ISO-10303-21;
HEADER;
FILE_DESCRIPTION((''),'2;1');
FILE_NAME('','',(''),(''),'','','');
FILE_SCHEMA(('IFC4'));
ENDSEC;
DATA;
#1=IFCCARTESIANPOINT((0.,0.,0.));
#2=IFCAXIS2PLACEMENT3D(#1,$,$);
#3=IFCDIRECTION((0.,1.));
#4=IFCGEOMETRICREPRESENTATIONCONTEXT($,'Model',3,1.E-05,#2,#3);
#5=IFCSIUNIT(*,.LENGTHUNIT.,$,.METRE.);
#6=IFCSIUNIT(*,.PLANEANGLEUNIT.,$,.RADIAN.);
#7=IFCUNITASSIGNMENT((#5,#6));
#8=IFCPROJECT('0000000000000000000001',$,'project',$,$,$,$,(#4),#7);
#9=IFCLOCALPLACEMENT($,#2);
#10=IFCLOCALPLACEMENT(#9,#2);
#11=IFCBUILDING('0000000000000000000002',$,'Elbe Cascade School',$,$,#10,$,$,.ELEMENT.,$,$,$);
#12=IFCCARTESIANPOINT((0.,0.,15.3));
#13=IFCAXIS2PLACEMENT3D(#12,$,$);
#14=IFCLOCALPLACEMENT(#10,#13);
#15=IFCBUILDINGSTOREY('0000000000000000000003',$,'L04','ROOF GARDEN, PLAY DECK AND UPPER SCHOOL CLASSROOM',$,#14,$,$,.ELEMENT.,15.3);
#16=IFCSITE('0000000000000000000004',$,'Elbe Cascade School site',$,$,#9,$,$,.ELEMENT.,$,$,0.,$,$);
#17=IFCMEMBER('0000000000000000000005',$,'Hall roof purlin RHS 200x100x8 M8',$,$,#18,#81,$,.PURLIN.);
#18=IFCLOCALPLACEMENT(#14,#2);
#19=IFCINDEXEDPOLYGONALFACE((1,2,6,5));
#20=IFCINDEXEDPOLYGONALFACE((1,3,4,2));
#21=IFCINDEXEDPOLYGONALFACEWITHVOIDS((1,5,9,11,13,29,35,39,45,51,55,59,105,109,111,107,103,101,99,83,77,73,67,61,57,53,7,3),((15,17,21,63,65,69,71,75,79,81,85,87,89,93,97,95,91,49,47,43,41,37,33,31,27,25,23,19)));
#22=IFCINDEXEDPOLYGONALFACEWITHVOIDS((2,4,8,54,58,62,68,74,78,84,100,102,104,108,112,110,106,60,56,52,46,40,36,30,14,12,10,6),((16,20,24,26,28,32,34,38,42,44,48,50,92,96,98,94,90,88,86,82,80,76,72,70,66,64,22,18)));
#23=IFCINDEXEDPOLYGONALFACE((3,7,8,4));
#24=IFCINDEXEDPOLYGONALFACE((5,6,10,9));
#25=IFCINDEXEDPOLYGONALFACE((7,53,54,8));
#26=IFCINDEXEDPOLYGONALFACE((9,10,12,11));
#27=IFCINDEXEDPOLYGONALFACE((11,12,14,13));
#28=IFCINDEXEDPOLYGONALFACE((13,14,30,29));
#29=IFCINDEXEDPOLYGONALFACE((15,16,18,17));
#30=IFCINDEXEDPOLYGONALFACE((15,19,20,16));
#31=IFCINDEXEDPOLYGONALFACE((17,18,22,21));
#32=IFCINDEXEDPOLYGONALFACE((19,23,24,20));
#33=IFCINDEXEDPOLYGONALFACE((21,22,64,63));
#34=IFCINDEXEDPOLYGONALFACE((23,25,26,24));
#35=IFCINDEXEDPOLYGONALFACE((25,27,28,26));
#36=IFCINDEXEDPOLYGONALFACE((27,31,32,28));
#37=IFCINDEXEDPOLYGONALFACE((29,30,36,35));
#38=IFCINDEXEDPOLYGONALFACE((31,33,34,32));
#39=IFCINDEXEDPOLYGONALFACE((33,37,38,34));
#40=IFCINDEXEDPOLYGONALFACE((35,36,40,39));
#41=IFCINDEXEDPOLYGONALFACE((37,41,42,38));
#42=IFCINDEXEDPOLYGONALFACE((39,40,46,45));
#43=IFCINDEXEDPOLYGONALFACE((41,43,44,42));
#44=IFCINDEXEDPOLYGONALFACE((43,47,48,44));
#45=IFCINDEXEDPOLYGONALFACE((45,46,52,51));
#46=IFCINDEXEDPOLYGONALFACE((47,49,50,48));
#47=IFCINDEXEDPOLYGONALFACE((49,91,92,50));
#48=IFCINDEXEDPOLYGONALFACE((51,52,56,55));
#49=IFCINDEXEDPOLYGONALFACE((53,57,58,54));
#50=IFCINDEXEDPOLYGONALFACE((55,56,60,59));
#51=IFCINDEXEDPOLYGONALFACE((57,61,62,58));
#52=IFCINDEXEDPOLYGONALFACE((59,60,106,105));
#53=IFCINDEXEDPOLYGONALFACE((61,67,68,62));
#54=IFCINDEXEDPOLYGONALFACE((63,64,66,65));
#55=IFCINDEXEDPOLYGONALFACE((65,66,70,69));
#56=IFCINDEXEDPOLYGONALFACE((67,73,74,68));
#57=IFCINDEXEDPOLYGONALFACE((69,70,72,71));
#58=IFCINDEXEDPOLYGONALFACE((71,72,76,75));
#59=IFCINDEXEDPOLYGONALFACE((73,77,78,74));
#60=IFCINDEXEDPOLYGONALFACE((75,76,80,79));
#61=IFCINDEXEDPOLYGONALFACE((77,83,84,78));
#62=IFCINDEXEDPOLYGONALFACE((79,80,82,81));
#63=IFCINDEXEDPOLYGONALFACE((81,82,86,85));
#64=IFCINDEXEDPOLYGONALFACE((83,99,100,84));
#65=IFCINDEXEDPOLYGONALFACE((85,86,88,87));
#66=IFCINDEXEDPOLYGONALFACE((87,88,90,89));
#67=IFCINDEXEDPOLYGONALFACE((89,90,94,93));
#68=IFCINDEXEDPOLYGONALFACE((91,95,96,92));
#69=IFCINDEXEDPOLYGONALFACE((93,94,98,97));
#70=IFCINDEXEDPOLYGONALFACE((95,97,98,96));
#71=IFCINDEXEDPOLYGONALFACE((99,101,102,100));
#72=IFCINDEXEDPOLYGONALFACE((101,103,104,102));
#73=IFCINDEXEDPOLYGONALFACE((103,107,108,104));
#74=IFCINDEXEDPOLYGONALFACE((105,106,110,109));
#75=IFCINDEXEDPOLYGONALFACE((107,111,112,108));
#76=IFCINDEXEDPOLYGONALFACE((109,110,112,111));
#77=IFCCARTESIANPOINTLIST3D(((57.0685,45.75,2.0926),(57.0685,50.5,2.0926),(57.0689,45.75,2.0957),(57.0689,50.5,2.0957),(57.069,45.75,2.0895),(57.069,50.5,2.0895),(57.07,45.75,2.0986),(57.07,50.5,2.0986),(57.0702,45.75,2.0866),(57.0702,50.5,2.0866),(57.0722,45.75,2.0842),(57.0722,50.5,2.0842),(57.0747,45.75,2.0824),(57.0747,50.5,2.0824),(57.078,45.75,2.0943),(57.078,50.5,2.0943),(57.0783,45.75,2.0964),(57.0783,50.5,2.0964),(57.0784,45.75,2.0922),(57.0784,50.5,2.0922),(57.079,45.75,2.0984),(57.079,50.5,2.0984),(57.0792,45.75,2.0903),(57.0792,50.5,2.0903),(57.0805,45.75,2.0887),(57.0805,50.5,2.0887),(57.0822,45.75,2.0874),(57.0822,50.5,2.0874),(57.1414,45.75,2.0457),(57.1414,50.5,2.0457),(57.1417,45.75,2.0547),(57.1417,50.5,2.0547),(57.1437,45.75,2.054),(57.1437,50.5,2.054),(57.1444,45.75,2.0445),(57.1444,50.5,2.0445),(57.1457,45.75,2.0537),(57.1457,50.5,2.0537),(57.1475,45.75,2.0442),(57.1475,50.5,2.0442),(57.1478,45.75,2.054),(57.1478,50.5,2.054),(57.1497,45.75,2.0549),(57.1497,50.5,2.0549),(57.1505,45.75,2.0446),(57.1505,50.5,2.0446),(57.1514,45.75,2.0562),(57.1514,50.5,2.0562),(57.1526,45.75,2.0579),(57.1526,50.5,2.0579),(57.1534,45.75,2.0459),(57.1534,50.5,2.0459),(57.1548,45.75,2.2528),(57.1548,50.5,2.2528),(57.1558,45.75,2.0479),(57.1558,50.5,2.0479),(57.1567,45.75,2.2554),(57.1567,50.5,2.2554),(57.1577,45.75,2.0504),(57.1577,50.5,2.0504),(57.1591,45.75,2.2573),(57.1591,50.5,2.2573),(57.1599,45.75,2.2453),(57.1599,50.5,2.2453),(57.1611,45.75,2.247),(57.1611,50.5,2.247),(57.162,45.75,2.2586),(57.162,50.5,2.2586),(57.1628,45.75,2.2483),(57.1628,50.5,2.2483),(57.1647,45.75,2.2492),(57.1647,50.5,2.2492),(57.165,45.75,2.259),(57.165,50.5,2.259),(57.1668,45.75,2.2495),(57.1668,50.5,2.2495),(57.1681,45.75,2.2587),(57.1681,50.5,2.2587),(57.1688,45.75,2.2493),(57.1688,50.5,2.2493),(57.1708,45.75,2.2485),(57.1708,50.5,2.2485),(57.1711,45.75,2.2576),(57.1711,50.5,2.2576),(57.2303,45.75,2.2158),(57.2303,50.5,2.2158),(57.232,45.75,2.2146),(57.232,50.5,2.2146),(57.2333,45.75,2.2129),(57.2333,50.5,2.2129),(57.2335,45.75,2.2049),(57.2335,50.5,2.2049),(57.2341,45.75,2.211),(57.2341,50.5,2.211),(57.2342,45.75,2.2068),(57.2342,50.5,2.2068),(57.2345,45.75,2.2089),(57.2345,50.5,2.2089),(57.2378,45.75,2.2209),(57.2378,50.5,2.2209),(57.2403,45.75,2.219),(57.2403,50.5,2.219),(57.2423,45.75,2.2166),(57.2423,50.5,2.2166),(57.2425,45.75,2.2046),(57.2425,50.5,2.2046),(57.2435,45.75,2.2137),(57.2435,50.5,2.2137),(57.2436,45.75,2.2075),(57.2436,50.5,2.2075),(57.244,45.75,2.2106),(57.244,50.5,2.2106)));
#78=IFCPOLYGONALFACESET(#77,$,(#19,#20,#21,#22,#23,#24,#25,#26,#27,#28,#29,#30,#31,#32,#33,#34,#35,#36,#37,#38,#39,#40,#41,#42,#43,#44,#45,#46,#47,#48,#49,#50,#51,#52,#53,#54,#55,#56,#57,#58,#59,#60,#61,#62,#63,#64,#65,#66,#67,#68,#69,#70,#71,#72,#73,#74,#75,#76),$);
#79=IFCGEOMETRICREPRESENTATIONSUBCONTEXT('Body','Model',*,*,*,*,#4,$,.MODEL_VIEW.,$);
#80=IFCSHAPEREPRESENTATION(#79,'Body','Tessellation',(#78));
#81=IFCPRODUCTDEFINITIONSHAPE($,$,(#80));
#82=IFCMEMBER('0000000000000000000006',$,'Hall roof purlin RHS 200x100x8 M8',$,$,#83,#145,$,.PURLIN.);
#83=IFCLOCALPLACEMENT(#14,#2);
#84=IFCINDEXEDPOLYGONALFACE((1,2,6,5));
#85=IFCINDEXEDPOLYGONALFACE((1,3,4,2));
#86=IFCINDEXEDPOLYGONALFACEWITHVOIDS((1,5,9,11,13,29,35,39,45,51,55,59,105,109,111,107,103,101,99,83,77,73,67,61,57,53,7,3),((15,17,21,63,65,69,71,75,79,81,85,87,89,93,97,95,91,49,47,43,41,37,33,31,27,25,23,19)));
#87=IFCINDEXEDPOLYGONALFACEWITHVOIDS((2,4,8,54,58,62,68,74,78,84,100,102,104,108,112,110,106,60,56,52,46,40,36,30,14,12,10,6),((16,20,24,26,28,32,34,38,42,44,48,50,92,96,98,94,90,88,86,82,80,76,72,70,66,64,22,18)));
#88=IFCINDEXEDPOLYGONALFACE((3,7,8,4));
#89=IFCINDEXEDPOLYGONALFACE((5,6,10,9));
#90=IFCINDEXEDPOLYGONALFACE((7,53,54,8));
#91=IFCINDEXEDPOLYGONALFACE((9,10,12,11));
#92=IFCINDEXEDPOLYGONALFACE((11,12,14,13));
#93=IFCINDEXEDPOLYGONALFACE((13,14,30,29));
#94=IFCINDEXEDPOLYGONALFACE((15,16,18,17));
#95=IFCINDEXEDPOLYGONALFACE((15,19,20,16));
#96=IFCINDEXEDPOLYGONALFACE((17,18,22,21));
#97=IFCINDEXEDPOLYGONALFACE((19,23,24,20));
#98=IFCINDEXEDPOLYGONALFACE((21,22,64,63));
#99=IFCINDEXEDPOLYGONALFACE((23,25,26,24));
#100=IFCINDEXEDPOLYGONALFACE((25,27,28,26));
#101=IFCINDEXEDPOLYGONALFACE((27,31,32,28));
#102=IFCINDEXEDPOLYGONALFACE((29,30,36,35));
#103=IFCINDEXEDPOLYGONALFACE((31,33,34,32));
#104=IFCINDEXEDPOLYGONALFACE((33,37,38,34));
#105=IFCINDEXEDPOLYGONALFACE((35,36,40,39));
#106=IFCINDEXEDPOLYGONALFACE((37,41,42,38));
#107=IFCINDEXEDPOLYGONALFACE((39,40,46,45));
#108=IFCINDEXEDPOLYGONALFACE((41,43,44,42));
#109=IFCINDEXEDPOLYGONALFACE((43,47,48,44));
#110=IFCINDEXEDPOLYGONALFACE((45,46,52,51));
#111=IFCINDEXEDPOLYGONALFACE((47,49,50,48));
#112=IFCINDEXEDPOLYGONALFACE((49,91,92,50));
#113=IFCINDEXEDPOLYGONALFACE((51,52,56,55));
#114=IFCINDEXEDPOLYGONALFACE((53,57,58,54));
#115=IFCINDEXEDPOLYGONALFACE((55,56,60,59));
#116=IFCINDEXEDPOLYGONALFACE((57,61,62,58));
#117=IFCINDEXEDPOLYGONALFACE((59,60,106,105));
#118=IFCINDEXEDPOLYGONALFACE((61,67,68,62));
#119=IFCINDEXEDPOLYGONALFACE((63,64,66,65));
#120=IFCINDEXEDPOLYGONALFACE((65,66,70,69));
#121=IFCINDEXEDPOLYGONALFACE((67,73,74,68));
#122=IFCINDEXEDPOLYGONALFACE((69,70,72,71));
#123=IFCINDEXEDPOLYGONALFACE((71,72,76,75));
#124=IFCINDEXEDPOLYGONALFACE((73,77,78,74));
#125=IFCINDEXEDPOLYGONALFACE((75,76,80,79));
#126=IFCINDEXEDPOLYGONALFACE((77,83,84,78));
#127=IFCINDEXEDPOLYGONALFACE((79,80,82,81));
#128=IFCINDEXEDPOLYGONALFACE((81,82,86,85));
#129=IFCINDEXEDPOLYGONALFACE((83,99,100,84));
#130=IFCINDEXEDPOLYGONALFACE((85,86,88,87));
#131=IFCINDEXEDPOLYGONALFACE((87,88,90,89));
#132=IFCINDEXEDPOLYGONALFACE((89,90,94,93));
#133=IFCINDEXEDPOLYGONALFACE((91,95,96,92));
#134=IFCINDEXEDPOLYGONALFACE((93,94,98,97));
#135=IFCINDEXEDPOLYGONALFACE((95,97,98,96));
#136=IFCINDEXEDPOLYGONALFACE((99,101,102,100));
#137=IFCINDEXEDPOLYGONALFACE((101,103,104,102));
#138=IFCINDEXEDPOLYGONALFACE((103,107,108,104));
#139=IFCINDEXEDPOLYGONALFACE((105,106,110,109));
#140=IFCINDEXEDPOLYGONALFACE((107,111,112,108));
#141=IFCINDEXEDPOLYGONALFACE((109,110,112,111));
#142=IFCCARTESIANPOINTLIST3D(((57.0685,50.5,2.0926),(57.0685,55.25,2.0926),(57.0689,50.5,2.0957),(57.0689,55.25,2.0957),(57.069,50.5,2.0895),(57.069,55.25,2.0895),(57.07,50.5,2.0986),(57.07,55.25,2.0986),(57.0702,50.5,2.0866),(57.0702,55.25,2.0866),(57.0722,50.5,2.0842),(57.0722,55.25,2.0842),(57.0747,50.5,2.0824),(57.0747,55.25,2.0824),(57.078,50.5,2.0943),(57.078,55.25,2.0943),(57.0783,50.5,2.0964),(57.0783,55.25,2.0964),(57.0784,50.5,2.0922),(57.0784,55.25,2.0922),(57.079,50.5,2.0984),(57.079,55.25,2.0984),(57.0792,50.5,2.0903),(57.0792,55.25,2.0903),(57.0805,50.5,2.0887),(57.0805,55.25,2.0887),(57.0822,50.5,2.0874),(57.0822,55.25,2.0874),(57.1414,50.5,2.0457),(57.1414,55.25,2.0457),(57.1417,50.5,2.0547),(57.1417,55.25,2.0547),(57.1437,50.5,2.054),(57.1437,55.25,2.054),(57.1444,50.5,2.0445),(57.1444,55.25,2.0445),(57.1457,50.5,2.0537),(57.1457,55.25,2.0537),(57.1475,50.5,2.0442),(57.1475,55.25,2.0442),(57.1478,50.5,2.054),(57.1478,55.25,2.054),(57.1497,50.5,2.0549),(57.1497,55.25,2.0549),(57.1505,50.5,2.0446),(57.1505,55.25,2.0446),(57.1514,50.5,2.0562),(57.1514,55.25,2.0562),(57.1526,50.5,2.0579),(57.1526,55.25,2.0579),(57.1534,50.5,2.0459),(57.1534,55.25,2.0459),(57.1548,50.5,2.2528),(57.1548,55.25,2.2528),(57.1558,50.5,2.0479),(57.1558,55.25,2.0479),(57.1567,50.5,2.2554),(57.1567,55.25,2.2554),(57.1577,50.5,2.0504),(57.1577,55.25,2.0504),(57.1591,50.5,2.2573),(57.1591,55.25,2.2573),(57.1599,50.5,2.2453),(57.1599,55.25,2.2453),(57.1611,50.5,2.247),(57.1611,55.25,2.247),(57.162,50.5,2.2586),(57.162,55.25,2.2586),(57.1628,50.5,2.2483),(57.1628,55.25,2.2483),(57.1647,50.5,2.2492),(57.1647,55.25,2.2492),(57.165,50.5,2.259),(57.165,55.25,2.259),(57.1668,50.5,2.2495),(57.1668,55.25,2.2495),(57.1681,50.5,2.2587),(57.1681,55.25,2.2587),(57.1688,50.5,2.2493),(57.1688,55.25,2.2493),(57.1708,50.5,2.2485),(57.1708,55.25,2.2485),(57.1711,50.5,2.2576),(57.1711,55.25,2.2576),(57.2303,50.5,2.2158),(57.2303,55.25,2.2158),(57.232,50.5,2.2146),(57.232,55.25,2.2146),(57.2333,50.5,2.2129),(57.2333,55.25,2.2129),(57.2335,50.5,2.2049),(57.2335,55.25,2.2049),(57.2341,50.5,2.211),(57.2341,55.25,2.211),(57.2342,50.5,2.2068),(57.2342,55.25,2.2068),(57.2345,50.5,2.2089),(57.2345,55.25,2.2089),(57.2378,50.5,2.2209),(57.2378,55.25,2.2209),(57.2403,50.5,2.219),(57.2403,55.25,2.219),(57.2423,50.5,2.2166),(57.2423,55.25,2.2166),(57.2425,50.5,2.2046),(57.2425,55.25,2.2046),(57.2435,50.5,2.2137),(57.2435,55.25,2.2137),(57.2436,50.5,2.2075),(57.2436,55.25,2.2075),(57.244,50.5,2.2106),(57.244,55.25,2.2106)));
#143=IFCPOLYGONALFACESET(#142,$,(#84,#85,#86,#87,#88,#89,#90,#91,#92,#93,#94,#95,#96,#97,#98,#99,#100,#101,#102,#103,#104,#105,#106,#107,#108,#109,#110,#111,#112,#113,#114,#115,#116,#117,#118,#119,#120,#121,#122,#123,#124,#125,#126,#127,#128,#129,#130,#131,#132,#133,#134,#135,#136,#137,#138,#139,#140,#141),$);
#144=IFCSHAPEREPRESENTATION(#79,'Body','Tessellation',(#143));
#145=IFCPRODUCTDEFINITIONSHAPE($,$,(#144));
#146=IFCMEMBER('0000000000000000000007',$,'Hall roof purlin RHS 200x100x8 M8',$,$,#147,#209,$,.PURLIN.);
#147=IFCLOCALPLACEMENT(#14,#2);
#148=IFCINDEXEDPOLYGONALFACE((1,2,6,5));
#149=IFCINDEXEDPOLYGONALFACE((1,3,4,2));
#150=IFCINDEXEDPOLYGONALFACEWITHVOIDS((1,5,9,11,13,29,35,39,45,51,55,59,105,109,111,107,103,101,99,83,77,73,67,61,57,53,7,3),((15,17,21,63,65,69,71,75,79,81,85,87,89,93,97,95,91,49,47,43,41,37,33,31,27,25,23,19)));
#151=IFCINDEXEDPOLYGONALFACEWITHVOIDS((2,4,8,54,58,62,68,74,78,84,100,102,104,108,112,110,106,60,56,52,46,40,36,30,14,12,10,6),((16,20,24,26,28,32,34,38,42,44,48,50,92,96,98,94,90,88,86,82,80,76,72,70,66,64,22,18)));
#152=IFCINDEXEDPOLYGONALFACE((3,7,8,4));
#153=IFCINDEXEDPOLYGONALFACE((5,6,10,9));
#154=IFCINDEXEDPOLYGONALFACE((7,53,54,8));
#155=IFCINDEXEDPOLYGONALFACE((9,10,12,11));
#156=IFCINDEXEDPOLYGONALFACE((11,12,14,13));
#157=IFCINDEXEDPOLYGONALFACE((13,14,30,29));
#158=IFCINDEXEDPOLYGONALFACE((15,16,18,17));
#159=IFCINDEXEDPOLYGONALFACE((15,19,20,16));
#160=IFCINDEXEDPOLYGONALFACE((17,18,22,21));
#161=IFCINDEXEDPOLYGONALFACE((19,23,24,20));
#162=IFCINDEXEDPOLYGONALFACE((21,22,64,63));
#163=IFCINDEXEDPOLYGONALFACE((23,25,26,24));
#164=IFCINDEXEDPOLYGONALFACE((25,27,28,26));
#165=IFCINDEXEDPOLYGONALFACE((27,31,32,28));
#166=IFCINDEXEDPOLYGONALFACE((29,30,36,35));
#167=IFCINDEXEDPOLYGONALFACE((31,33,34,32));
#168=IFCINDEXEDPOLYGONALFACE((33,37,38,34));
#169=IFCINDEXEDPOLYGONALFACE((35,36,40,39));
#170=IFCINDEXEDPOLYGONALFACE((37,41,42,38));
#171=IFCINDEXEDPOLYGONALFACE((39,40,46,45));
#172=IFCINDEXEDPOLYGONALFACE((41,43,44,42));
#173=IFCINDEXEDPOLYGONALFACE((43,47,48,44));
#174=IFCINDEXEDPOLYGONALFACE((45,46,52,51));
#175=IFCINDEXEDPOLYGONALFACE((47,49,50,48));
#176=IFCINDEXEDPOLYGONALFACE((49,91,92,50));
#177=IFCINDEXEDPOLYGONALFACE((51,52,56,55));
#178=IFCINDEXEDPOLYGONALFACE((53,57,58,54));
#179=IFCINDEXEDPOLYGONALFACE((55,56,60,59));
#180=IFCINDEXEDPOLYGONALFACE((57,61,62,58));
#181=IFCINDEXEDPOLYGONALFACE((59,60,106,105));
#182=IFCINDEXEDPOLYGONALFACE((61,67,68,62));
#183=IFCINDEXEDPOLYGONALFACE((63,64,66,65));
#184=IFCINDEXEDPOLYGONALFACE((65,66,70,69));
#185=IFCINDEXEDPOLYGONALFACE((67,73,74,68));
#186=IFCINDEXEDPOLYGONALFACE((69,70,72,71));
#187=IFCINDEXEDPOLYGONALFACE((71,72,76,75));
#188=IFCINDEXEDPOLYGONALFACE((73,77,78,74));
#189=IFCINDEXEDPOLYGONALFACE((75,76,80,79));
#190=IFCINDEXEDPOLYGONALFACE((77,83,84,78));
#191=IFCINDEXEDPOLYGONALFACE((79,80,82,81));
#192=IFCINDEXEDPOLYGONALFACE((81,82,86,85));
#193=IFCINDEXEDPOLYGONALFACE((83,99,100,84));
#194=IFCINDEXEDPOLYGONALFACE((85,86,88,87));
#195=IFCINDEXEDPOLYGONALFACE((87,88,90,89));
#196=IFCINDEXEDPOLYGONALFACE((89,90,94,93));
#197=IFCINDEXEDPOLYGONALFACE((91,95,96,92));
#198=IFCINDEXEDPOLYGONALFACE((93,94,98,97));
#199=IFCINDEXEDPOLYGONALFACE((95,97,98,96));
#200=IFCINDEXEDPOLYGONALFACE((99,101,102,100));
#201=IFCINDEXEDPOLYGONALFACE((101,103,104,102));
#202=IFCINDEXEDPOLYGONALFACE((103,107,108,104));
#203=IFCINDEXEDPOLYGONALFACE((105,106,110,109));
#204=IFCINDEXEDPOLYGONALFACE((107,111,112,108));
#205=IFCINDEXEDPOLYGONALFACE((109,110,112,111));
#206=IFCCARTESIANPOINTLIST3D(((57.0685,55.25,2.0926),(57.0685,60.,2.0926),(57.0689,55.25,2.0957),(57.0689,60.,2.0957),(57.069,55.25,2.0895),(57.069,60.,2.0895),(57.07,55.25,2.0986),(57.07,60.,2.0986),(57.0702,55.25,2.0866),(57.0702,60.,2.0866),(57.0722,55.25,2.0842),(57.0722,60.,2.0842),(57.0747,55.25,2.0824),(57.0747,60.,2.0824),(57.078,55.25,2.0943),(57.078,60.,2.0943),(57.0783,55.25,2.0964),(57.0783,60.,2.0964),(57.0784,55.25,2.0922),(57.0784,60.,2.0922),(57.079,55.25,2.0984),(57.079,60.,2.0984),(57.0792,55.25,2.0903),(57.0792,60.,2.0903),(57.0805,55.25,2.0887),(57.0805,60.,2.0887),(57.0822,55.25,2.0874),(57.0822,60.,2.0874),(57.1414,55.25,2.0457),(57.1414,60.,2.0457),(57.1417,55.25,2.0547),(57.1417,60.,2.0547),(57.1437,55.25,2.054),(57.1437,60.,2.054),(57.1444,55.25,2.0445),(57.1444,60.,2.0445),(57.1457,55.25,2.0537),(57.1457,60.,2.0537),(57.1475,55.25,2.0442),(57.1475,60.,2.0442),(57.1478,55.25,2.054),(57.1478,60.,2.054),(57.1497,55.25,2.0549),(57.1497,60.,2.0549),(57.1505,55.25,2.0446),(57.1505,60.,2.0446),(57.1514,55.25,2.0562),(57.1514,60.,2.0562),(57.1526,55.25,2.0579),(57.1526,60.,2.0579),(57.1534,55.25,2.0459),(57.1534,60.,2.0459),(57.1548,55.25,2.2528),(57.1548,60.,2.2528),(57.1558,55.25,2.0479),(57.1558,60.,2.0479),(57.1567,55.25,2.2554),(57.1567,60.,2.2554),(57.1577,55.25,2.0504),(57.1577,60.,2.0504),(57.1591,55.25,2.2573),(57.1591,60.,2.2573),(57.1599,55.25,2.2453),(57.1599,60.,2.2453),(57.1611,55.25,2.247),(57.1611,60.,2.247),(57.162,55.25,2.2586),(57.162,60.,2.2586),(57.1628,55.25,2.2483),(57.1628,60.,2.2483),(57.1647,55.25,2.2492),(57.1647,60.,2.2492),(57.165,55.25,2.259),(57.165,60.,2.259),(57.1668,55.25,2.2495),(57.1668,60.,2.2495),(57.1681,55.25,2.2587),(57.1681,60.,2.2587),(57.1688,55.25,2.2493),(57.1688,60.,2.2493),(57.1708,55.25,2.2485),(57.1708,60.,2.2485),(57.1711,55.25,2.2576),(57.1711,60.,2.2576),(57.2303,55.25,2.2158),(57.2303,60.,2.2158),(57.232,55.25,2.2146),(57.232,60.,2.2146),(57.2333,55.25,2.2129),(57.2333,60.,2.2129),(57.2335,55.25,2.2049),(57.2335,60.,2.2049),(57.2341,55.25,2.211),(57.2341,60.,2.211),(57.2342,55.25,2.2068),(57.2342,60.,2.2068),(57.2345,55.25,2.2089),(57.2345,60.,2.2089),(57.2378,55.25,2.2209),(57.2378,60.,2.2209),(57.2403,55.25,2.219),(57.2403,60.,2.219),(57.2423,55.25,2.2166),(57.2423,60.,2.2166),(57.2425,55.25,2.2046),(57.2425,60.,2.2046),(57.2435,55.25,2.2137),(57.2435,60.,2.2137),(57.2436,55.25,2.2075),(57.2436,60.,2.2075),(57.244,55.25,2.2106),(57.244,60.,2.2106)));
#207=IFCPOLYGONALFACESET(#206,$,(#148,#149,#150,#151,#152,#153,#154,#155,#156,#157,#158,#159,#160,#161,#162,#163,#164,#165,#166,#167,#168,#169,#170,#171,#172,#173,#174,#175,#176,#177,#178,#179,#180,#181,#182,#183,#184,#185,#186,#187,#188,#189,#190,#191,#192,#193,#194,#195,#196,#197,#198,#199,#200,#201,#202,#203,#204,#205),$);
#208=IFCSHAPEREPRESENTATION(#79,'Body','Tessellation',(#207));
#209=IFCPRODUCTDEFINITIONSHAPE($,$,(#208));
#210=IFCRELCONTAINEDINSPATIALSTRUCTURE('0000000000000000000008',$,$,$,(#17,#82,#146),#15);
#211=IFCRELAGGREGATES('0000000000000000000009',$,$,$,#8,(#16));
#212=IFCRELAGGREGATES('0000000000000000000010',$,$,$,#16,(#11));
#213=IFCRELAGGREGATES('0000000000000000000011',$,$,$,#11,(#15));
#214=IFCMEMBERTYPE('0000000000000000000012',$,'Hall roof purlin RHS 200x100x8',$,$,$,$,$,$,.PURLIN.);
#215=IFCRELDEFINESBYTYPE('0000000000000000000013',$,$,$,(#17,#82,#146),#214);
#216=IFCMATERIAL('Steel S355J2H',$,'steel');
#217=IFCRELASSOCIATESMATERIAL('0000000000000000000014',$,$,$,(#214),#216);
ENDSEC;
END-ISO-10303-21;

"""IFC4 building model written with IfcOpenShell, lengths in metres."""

from ifc_helpers import new_model, si_unit, direction, frame, origin, origin_2d, place, context, subcontext, project, spatial, hollow_rectangle, extrude, material, material_profile, profile_set, type_object, element, save


model = new_model("IFC4")

# Units and contexts
model_context = context("Model", 3, precision=1e-05, world=origin(), true_north=direction((0.0, 1.0)))
body_context = subcontext(model_context, "Body", "Model", "MODEL_VIEW")
ifc_project = project(units=[si_unit("LENGTHUNIT", "METRE"), si_unit("PLANEANGLEUNIT", "RADIAN")], contexts=[model_context])

# Site, building, storey
site_placement = place(None, origin())
site = spatial("IfcSite", under=ifc_project, at=site_placement, Name="Elbe Cascade School site", CompositionType="ELEMENT", RefElevation=0.0)
building_placement = place(site_placement, origin())
building = spatial("IfcBuilding", under=site, at=building_placement, Name="Elbe Cascade School", CompositionType="ELEMENT")
storey_placement = place(building_placement, frame((0.0, 0.0, 15.3)))
storey = spatial("IfcBuildingStorey", under=building, at=storey_placement, Name="L04", Description="ROOF GARDEN, PLAY DECK AND UPPER SCHOOL CLASSROOM", CompositionType="ELEMENT", Elevation=15.3)

# Members
ifc_material_1 = material(Name="Steel S355J2H", Category="steel")
ifc_material_profile_1 = material_profile(ifc_material_1, hollow_rectangle(XDim=0.1001, YDim=0.2, WallThickness=0.0081, InnerFilletRadius=0.0081, OuterFilletRadius=0.012, at=origin_2d()), Name="RHS 200x100x8")
ifc_profile_set_1 = profile_set([ifc_material_profile_1], Name="Steel S355J2H")
member_type_1 = type_object("IfcMemberType", Name="Hall roof purlin RHS 200x100x8", PredefinedType="PURLIN", material=ifc_profile_set_1)
for number, where, z_axis, x_axis, name in (
    (1, (57.1562, 45.75, 2.1516), (0.0, 1.0, 0.0), (-0.876252, 0.0, 0.481853), "Hall roof purlin RHS 200x100x8 M8"),
    (2, (57.1562, 50.5, 2.1516), (0.0, 1.0, 0.0), (-0.876252, 0.0, 0.481853), "Hall roof purlin RHS 200x100x8 M8"),
    (3, (57.1562, 55.25, 2.1516), (0.0, 1.0, 0.0), (-0.876252, 0.0, 0.481853), "Hall roof purlin RHS 200x100x8 M8"),
):
    element("IfcMember", number, at=place(storey_placement, frame(where, z_axis=z_axis, x_axis=x_axis)), inside=storey, type_object=member_type_1, Name=name, PredefinedType="PURLIN", context=body_context, shape_type="SweptSolid", body=[
        extrude(hollow_rectangle(XDim=0.1001, YDim=0.2, WallThickness=0.0081, InnerFilletRadius=0.0081, OuterFilletRadius=0.012, at=origin_2d()), origin(), (0.0, 0.0, 1.0), 4.75),
    ])

save(model, "model.ifc")
